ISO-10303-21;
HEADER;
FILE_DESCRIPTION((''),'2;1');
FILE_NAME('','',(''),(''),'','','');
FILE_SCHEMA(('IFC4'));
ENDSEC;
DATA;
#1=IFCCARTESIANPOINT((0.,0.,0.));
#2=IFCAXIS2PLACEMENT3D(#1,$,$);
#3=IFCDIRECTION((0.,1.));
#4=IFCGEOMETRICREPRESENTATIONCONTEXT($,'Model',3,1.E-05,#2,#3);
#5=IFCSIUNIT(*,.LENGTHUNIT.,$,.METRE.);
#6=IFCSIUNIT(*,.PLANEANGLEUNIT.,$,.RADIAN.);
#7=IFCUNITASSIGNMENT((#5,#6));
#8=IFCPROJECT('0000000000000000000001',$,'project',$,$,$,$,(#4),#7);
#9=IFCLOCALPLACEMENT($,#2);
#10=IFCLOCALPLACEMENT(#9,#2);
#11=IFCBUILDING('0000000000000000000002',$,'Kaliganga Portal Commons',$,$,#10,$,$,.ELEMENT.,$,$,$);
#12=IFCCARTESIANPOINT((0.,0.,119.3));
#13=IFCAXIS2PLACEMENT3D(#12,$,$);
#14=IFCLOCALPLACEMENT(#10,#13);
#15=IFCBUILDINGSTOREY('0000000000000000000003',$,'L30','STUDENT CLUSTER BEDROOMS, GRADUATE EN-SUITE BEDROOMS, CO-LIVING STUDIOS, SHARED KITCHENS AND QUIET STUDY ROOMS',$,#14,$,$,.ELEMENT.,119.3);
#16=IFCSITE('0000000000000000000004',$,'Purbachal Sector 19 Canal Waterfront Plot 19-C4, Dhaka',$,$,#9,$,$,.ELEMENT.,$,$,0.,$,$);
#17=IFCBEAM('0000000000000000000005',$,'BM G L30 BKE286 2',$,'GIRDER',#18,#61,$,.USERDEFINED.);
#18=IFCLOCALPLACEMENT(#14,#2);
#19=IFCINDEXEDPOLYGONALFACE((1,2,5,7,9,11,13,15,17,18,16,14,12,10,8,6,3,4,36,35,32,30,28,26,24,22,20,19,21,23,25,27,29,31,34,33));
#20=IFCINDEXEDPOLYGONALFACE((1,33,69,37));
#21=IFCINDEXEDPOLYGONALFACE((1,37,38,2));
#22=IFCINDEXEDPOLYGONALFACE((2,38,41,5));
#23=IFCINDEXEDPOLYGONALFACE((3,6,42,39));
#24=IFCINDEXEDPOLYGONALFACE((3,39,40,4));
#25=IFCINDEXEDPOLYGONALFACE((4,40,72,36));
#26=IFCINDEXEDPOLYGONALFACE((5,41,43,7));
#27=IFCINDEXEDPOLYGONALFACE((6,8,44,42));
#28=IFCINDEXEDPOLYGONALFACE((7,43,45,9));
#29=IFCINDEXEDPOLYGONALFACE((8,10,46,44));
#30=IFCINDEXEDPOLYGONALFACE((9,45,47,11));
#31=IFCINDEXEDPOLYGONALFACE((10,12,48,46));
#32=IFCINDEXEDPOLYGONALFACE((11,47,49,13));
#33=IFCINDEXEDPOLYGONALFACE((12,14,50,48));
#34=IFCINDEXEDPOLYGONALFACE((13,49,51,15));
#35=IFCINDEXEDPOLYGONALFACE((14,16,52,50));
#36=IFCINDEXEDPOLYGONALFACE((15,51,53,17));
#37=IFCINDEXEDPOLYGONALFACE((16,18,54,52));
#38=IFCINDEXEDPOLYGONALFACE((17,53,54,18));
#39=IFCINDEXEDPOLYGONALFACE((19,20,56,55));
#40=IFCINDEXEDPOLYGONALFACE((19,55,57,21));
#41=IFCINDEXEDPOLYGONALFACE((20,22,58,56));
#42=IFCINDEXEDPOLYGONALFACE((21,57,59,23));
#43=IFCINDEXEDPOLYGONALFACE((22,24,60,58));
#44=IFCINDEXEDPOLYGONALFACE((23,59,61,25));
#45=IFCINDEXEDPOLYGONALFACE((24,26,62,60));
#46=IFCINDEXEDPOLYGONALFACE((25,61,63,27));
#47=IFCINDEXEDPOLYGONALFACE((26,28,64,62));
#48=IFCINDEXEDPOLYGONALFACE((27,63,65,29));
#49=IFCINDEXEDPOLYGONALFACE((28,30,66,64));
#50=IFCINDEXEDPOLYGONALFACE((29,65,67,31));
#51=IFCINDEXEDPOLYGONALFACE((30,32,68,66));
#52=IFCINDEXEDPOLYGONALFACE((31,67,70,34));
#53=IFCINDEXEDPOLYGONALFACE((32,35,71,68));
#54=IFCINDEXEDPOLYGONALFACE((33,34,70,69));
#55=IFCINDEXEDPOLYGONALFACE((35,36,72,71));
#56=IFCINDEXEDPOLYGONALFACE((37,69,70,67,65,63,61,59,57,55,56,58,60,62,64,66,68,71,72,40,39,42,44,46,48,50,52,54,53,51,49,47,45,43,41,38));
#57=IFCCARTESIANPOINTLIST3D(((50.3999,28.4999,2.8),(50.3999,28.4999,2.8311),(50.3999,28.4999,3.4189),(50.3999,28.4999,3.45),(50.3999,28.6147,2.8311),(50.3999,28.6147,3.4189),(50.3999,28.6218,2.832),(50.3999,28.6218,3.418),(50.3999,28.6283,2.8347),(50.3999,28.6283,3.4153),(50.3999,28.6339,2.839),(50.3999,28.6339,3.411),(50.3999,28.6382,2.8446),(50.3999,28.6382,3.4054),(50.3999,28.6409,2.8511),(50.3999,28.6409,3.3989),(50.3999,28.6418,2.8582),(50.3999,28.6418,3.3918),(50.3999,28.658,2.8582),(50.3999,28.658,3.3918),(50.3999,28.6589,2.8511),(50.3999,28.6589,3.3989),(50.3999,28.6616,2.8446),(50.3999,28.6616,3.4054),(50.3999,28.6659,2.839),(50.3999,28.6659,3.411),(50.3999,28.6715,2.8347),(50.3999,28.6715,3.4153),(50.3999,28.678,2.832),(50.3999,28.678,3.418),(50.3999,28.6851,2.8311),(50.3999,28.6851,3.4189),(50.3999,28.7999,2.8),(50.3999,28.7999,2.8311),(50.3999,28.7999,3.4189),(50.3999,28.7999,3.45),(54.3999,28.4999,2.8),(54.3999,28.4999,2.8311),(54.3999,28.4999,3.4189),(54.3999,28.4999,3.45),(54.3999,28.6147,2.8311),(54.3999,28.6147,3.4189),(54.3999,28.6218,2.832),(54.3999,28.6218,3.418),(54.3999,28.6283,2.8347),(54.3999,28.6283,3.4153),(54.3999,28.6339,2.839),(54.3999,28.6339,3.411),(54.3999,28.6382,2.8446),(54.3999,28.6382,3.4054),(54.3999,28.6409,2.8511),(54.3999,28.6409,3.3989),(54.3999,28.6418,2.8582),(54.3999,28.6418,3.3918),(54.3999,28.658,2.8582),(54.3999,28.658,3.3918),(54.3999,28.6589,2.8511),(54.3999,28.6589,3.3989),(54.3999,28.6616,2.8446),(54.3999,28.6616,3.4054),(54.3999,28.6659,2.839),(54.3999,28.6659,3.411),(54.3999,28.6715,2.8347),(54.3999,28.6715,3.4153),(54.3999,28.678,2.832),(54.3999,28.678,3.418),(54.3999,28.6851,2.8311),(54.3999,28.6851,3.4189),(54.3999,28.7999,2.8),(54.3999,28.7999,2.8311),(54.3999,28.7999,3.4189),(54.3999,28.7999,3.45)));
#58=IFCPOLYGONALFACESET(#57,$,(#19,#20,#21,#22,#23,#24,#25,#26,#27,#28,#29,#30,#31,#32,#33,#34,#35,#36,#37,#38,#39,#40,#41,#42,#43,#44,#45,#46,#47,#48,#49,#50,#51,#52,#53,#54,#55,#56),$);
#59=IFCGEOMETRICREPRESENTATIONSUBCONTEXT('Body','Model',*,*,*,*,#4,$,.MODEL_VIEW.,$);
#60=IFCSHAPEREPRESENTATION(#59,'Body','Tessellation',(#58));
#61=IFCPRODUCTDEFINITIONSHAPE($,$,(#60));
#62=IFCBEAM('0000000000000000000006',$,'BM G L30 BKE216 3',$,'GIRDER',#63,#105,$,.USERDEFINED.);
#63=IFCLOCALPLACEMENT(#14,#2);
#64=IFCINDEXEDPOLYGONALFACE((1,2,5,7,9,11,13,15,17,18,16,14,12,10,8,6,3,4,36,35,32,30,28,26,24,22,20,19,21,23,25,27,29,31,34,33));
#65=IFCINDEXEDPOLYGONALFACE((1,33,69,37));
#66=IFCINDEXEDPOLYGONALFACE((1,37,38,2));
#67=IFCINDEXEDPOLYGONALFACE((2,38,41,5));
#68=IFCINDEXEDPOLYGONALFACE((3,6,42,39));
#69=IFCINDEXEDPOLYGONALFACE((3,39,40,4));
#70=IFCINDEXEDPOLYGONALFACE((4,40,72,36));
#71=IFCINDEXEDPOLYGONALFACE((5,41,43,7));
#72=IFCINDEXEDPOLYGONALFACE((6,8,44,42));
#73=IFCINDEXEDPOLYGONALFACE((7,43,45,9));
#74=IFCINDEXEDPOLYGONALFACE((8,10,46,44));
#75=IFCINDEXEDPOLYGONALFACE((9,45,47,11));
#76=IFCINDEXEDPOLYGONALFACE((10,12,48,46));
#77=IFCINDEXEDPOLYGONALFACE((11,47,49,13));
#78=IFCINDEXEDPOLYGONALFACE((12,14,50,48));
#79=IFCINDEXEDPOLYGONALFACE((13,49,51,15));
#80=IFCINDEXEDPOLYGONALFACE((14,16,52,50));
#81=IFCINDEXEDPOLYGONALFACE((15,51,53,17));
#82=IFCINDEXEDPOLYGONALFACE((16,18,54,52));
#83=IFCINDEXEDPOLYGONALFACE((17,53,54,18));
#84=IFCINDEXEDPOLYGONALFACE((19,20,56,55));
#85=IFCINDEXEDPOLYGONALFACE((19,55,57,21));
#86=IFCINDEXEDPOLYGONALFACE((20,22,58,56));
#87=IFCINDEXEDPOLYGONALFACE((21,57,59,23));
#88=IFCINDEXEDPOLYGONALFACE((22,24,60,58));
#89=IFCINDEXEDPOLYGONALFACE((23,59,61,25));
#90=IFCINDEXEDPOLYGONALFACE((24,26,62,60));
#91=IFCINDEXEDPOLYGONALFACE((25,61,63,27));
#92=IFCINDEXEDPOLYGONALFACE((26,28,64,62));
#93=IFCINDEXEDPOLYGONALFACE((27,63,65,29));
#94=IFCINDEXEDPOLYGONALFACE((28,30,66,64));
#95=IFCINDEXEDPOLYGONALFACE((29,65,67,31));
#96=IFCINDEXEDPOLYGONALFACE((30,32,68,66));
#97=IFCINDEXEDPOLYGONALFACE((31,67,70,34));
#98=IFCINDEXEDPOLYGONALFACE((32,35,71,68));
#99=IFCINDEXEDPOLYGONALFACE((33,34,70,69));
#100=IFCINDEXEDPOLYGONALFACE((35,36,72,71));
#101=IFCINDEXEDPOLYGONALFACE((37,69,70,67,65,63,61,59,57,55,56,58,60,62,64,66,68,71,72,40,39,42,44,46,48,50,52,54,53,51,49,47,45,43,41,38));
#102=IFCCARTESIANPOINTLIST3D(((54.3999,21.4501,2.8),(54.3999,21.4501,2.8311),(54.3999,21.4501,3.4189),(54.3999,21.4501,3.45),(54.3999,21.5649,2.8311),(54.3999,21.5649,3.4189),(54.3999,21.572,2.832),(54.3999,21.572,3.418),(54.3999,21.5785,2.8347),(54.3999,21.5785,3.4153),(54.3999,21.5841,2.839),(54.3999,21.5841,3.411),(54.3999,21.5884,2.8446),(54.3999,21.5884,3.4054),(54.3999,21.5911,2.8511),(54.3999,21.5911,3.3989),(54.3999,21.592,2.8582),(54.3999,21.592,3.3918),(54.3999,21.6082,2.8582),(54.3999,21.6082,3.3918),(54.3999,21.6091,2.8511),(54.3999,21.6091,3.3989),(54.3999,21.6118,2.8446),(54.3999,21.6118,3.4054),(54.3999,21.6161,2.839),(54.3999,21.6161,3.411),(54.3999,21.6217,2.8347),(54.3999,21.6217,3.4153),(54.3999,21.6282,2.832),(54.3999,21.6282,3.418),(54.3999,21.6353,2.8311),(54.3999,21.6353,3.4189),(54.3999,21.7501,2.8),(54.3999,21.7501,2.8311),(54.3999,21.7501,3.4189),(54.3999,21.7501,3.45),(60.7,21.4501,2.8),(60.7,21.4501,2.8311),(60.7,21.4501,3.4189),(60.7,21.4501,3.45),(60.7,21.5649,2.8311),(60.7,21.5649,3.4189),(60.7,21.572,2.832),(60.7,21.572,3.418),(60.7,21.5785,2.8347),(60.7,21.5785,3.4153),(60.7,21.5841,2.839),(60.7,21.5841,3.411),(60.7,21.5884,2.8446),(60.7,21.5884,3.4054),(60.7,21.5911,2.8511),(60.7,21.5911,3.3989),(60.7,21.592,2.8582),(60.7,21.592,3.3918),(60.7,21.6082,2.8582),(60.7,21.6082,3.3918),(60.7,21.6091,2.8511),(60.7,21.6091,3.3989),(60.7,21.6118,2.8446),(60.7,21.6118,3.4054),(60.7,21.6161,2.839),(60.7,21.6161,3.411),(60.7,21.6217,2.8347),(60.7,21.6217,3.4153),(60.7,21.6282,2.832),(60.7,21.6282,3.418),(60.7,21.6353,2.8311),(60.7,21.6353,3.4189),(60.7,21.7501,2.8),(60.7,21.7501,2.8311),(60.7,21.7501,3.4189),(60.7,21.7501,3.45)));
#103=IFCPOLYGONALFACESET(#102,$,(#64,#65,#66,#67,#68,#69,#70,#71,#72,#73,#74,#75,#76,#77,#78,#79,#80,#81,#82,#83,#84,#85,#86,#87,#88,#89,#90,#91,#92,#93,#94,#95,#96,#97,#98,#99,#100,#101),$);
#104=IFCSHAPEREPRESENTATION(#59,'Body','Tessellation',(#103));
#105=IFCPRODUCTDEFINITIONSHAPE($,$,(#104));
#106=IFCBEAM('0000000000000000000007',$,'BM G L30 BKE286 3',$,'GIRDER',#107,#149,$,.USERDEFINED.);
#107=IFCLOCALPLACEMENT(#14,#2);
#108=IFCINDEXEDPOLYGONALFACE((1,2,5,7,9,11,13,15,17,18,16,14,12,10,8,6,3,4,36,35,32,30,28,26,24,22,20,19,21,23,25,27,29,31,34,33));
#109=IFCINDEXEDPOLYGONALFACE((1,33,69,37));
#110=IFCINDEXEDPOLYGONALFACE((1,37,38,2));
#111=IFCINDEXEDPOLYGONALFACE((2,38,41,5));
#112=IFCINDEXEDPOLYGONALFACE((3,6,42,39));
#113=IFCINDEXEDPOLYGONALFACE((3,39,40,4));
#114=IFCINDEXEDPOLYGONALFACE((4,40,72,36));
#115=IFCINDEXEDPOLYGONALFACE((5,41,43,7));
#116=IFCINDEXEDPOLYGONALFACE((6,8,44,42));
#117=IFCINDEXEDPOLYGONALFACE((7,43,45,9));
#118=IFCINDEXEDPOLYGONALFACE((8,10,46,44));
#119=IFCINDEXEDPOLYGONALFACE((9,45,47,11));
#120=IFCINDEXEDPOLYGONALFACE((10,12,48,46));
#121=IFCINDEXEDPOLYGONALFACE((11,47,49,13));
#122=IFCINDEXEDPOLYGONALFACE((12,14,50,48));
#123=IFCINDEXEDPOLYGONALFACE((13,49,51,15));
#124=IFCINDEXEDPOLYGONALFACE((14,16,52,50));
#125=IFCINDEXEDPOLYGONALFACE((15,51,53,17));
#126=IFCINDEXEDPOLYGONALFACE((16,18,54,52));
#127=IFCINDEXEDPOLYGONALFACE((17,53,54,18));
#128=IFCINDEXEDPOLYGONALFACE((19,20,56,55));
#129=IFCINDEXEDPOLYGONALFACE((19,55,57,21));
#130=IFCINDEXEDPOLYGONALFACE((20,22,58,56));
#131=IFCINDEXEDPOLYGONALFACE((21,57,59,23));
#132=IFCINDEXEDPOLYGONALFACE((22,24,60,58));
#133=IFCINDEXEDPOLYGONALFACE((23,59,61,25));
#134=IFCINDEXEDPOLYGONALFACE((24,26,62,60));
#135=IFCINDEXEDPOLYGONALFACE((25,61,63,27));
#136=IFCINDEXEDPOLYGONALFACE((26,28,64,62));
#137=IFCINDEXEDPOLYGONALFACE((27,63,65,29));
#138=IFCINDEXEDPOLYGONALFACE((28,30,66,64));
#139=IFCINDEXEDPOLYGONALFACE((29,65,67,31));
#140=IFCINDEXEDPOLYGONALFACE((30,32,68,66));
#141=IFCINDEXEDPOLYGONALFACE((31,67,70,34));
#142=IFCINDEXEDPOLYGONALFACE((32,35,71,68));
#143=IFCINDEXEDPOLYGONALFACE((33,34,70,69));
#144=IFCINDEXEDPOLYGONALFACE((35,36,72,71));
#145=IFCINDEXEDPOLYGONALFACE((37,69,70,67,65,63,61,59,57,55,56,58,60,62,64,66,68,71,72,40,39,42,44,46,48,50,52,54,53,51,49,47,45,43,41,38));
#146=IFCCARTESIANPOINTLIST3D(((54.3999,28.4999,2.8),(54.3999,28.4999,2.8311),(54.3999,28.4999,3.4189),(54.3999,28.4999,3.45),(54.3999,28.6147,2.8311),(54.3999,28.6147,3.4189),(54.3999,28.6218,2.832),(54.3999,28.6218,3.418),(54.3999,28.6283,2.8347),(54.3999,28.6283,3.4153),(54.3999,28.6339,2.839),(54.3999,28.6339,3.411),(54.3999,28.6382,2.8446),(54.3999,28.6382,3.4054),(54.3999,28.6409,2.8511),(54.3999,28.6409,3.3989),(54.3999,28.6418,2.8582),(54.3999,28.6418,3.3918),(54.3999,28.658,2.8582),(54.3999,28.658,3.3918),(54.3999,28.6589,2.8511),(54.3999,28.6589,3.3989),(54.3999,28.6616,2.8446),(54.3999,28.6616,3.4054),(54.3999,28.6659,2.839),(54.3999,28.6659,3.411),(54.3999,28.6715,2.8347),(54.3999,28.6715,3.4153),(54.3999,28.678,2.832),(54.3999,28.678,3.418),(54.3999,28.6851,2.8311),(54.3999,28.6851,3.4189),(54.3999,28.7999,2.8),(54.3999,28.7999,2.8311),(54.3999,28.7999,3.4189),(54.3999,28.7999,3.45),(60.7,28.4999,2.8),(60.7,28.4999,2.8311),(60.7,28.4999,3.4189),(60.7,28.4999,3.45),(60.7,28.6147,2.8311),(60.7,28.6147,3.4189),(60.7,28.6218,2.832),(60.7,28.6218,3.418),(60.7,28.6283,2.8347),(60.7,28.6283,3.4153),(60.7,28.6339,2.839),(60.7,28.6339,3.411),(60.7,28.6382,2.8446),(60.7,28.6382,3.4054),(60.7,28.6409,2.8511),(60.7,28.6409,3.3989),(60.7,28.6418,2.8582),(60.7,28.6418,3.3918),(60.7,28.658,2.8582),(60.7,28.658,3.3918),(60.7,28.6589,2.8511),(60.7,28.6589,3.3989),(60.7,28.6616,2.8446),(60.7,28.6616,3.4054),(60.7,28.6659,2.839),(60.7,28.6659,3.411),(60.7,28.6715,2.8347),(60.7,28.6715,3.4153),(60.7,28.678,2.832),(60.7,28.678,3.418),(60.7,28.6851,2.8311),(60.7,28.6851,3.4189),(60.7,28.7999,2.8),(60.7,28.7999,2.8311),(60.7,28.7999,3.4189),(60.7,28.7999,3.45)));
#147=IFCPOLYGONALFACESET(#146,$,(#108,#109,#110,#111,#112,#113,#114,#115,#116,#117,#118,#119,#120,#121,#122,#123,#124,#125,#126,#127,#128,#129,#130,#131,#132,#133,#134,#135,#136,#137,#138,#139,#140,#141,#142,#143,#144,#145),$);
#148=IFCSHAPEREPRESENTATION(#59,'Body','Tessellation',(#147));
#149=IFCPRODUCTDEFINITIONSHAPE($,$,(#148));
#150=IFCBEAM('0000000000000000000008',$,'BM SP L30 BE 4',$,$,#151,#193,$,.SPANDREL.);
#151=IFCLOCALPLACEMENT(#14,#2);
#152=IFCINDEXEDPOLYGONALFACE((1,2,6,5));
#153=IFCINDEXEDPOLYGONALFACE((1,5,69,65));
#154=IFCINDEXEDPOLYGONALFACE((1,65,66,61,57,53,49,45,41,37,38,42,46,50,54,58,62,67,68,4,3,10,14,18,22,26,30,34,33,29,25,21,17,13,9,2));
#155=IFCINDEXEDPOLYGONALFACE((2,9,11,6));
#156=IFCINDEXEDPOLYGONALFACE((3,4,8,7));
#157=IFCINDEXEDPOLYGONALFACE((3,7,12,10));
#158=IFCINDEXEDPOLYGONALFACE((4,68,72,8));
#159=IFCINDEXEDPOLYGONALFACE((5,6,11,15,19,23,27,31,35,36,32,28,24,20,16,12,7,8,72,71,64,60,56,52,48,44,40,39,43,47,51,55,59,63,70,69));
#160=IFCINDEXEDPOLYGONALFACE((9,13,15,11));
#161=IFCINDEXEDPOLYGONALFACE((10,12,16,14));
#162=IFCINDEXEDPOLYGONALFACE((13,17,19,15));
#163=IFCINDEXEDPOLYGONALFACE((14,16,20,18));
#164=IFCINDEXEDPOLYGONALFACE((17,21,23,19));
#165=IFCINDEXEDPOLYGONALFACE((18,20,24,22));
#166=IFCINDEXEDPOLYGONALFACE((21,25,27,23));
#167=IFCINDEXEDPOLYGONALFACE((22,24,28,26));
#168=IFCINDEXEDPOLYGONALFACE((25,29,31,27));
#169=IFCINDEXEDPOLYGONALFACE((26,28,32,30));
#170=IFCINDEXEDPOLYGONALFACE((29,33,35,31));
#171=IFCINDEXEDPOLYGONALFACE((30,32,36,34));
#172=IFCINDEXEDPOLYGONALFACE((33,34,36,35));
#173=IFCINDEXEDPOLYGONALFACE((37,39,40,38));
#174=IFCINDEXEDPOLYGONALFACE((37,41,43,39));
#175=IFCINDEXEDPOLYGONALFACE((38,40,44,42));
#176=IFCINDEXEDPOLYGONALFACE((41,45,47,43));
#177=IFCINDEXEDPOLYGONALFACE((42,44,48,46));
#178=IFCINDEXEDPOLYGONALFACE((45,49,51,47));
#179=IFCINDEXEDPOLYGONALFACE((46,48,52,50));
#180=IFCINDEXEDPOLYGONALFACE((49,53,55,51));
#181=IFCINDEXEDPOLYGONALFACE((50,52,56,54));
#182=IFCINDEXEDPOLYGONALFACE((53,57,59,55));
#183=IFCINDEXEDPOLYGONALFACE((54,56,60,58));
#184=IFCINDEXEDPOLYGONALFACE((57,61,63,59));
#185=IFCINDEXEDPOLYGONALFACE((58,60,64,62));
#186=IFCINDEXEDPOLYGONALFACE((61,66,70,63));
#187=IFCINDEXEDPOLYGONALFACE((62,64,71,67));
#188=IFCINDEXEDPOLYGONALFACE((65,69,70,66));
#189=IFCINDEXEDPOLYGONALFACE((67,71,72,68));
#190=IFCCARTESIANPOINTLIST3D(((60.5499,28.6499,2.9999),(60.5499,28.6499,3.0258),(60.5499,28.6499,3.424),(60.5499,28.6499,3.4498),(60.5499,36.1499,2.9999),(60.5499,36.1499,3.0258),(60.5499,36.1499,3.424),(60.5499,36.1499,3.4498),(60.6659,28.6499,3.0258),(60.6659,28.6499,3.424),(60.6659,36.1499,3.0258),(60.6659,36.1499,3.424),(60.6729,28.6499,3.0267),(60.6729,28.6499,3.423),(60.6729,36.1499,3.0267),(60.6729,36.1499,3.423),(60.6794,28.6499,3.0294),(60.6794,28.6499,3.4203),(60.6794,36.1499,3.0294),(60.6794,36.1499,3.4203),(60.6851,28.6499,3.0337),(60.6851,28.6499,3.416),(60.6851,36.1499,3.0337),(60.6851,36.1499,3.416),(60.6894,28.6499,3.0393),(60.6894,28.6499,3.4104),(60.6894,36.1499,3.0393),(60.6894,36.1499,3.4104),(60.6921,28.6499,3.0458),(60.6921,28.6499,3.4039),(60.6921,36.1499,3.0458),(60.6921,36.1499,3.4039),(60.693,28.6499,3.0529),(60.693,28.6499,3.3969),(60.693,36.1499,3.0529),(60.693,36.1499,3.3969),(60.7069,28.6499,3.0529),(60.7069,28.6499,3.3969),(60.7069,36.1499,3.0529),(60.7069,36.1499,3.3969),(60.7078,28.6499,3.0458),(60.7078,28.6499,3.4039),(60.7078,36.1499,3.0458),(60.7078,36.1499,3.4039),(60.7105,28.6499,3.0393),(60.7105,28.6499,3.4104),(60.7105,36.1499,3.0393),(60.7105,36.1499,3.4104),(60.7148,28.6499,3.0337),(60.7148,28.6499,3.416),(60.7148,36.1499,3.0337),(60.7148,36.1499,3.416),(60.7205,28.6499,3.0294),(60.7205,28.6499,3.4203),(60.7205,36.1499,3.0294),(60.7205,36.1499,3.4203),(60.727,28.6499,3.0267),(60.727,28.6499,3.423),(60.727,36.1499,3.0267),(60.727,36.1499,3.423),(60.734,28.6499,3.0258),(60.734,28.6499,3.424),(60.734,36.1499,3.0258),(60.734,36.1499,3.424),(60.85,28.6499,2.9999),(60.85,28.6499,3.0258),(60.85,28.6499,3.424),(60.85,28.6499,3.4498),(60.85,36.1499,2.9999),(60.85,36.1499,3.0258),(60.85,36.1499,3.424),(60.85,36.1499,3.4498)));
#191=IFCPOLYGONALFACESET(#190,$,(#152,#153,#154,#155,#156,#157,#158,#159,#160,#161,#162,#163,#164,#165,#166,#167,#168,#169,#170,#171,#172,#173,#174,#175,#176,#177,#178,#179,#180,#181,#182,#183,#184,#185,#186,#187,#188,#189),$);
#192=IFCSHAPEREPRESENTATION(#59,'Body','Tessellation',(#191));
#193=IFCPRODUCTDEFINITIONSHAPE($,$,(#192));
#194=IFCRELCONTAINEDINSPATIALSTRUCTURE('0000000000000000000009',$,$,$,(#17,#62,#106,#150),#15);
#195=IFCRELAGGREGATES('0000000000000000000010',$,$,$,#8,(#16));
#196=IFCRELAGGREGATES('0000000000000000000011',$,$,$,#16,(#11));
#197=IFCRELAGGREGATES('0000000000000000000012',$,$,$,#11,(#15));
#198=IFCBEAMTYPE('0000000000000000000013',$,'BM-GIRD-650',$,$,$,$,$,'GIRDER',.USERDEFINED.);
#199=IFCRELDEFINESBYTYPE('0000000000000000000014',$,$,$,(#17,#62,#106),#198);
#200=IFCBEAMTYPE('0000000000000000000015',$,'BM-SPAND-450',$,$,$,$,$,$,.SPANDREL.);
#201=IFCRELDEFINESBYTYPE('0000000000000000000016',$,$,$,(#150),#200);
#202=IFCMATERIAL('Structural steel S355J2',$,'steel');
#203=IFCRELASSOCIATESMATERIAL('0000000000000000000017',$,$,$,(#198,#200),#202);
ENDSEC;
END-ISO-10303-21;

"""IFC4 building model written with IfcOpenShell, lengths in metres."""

from ifc_helpers import new_model, si_unit, direction, frame, origin, origin_2d, place, context, subcontext, project, spatial, i_section, extrude, source, transform, mapped, material, material_profile, profile_set, type_object, element, save


model = new_model("IFC4")

# Units and contexts
model_context = context("Model", 3, precision=1e-05, world=origin(), true_north=direction((0.0, 1.0)))
body_context = subcontext(model_context, "Body", "Model", "MODEL_VIEW")
ifc_project = project(units=[si_unit("LENGTHUNIT", "METRE"), si_unit("PLANEANGLEUNIT", "RADIAN")], contexts=[model_context])

# Site, building, storey
site_placement = place(None, origin())
site = spatial("IfcSite", under=ifc_project, at=site_placement, Name="Purbachal Sector 19 Canal Waterfront Plot 19-C4, Dhaka", CompositionType="ELEMENT", RefElevation=0.0)
building_placement = place(site_placement, origin())
building = spatial("IfcBuilding", under=site, at=building_placement, Name="Kaliganga Portal Commons", CompositionType="ELEMENT")
storey_placement = place(building_placement, frame((0.0, 0.0, 119.3)))
storey = spatial("IfcBuildingStorey", under=building, at=storey_placement, Name="L30", Description="STUDENT CLUSTER BEDROOMS, GRADUATE EN-SUITE BEDROOMS, CO-LIVING STUDIOS, SHARED KITCHENS AND QUIET STUDY ROOMS", CompositionType="ELEMENT", Elevation=119.3)

# Beams
ifc_material_1 = material(Name="Structural steel S355J2", Category="steel")
ifc_material_profile_1 = material_profile(ifc_material_1, i_section(OverallWidth=0.3, OverallDepth=0.6499, WebThickness=0.0161, FlangeThickness=0.031, FilletRadius=0.0271, at=origin_2d()), Name="HE 650 B")
ifc_profile_set_1 = profile_set([ifc_material_profile_1], Name="Structural steel S355J2 wide-flange")
beam_type_1 = type_object("IfcBeamType", Name="BM-GIRD-650", ElementType="GIRDER", PredefinedType="USERDEFINED", material=ifc_profile_set_1)
shared_shape_1 = source(origin(), body_context, "Body", "SweptSolid", [
    extrude(i_section(OverallWidth=0.3, OverallDepth=0.6499, WebThickness=0.0161, FlangeThickness=0.031, FilletRadius=0.0271, at=origin_2d()), origin(), (0.0, 0.0, 1.0), 4.0),
])
for number, where, z_axis, x_axis, name in (
    (1, (50.3999, 28.6499, 3.125), (1.0, 0.0, 0.0), (0.0, 1.0, 0.0), "BM G L30 BKE286 2"),
):
    element("IfcBeam", number, at=place(storey_placement, frame(where, z_axis=z_axis, x_axis=x_axis)), inside=storey, type_object=beam_type_1, Name=name, ObjectType="GIRDER", PredefinedType="USERDEFINED", context=body_context, shape_type="MappedRepresentation", body=[
        mapped(shared_shape_1, transform((0.0, 0.0, 0.0), x_axis=(1.0, 0.0, 0.0), y_axis=(0.0, 1.0, 0.0), z_axis=(0.0, 0.0, 1.0), scale=1.0)),
    ])
shared_shape_2 = source(origin(), body_context, "Body", "SweptSolid", [
    extrude(i_section(OverallWidth=0.3, OverallDepth=0.6499, WebThickness=0.0161, FlangeThickness=0.031, FilletRadius=0.0271, at=origin_2d()), origin(), (0.0, 0.0, 1.0), 6.3),
])
for number, where, z_axis, x_axis, name in (
    (2, (54.3999, 21.6001, 3.125), (1.0, 0.0, 0.0), (0.0, 1.0, 0.0), "BM G L30 BKE216 3"),
    (3, (54.3999, 28.6499, 3.125), (1.0, 0.0, 0.0), (0.0, 1.0, 0.0), "BM G L30 BKE286 3"),
):
    element("IfcBeam", number, at=place(storey_placement, frame(where, z_axis=z_axis, x_axis=x_axis)), inside=storey, type_object=beam_type_1, Name=name, ObjectType="GIRDER", PredefinedType="USERDEFINED", context=body_context, shape_type="MappedRepresentation", body=[
        mapped(shared_shape_2, transform((0.0, 0.0, 0.0), x_axis=(1.0, 0.0, 0.0), y_axis=(0.0, 1.0, 0.0), z_axis=(0.0, 0.0, 1.0), scale=1.0)),
    ])
ifc_material_profile_2 = material_profile(ifc_material_1, i_section(OverallWidth=0.3, OverallDepth=0.45, WebThickness=0.0139, FlangeThickness=0.0259, FilletRadius=0.0271, at=origin_2d()), Name="HE 450 B")
ifc_profile_set_2 = profile_set([ifc_material_profile_2], Name="Structural steel S355J2 wide-flange")
beam_type_2 = type_object("IfcBeamType", Name="BM-SPAND-450", PredefinedType="SPANDREL", material=ifc_profile_set_2)
shared_shape_3 = source(origin(), body_context, "Body", "SweptSolid", [
    extrude(i_section(OverallWidth=0.3, OverallDepth=0.45, WebThickness=0.0139, FlangeThickness=0.0259, FilletRadius=0.0271, at=origin_2d()), origin(), (0.0, 0.0, 1.0), 7.5),
])
beam_1_placement = place(storey_placement, frame((60.7, 28.6499, 3.2249), z_axis=(0.0, 1.0, 0.0), x_axis=(-1.0, 0.0, 0.0)))
element("IfcBeam", 4, at=beam_1_placement, inside=storey, type_object=beam_type_2, Name="BM SP L30 BE 4", PredefinedType="SPANDREL", context=body_context, shape_type="MappedRepresentation", body=[
    mapped(shared_shape_3, transform((0.0, 0.0, 0.0), x_axis=(1.0, 0.0, 0.0), y_axis=(0.0, 1.0, 0.0), z_axis=(0.0, 0.0, 1.0), scale=1.0)),
])

save(model, "model.ifc")
